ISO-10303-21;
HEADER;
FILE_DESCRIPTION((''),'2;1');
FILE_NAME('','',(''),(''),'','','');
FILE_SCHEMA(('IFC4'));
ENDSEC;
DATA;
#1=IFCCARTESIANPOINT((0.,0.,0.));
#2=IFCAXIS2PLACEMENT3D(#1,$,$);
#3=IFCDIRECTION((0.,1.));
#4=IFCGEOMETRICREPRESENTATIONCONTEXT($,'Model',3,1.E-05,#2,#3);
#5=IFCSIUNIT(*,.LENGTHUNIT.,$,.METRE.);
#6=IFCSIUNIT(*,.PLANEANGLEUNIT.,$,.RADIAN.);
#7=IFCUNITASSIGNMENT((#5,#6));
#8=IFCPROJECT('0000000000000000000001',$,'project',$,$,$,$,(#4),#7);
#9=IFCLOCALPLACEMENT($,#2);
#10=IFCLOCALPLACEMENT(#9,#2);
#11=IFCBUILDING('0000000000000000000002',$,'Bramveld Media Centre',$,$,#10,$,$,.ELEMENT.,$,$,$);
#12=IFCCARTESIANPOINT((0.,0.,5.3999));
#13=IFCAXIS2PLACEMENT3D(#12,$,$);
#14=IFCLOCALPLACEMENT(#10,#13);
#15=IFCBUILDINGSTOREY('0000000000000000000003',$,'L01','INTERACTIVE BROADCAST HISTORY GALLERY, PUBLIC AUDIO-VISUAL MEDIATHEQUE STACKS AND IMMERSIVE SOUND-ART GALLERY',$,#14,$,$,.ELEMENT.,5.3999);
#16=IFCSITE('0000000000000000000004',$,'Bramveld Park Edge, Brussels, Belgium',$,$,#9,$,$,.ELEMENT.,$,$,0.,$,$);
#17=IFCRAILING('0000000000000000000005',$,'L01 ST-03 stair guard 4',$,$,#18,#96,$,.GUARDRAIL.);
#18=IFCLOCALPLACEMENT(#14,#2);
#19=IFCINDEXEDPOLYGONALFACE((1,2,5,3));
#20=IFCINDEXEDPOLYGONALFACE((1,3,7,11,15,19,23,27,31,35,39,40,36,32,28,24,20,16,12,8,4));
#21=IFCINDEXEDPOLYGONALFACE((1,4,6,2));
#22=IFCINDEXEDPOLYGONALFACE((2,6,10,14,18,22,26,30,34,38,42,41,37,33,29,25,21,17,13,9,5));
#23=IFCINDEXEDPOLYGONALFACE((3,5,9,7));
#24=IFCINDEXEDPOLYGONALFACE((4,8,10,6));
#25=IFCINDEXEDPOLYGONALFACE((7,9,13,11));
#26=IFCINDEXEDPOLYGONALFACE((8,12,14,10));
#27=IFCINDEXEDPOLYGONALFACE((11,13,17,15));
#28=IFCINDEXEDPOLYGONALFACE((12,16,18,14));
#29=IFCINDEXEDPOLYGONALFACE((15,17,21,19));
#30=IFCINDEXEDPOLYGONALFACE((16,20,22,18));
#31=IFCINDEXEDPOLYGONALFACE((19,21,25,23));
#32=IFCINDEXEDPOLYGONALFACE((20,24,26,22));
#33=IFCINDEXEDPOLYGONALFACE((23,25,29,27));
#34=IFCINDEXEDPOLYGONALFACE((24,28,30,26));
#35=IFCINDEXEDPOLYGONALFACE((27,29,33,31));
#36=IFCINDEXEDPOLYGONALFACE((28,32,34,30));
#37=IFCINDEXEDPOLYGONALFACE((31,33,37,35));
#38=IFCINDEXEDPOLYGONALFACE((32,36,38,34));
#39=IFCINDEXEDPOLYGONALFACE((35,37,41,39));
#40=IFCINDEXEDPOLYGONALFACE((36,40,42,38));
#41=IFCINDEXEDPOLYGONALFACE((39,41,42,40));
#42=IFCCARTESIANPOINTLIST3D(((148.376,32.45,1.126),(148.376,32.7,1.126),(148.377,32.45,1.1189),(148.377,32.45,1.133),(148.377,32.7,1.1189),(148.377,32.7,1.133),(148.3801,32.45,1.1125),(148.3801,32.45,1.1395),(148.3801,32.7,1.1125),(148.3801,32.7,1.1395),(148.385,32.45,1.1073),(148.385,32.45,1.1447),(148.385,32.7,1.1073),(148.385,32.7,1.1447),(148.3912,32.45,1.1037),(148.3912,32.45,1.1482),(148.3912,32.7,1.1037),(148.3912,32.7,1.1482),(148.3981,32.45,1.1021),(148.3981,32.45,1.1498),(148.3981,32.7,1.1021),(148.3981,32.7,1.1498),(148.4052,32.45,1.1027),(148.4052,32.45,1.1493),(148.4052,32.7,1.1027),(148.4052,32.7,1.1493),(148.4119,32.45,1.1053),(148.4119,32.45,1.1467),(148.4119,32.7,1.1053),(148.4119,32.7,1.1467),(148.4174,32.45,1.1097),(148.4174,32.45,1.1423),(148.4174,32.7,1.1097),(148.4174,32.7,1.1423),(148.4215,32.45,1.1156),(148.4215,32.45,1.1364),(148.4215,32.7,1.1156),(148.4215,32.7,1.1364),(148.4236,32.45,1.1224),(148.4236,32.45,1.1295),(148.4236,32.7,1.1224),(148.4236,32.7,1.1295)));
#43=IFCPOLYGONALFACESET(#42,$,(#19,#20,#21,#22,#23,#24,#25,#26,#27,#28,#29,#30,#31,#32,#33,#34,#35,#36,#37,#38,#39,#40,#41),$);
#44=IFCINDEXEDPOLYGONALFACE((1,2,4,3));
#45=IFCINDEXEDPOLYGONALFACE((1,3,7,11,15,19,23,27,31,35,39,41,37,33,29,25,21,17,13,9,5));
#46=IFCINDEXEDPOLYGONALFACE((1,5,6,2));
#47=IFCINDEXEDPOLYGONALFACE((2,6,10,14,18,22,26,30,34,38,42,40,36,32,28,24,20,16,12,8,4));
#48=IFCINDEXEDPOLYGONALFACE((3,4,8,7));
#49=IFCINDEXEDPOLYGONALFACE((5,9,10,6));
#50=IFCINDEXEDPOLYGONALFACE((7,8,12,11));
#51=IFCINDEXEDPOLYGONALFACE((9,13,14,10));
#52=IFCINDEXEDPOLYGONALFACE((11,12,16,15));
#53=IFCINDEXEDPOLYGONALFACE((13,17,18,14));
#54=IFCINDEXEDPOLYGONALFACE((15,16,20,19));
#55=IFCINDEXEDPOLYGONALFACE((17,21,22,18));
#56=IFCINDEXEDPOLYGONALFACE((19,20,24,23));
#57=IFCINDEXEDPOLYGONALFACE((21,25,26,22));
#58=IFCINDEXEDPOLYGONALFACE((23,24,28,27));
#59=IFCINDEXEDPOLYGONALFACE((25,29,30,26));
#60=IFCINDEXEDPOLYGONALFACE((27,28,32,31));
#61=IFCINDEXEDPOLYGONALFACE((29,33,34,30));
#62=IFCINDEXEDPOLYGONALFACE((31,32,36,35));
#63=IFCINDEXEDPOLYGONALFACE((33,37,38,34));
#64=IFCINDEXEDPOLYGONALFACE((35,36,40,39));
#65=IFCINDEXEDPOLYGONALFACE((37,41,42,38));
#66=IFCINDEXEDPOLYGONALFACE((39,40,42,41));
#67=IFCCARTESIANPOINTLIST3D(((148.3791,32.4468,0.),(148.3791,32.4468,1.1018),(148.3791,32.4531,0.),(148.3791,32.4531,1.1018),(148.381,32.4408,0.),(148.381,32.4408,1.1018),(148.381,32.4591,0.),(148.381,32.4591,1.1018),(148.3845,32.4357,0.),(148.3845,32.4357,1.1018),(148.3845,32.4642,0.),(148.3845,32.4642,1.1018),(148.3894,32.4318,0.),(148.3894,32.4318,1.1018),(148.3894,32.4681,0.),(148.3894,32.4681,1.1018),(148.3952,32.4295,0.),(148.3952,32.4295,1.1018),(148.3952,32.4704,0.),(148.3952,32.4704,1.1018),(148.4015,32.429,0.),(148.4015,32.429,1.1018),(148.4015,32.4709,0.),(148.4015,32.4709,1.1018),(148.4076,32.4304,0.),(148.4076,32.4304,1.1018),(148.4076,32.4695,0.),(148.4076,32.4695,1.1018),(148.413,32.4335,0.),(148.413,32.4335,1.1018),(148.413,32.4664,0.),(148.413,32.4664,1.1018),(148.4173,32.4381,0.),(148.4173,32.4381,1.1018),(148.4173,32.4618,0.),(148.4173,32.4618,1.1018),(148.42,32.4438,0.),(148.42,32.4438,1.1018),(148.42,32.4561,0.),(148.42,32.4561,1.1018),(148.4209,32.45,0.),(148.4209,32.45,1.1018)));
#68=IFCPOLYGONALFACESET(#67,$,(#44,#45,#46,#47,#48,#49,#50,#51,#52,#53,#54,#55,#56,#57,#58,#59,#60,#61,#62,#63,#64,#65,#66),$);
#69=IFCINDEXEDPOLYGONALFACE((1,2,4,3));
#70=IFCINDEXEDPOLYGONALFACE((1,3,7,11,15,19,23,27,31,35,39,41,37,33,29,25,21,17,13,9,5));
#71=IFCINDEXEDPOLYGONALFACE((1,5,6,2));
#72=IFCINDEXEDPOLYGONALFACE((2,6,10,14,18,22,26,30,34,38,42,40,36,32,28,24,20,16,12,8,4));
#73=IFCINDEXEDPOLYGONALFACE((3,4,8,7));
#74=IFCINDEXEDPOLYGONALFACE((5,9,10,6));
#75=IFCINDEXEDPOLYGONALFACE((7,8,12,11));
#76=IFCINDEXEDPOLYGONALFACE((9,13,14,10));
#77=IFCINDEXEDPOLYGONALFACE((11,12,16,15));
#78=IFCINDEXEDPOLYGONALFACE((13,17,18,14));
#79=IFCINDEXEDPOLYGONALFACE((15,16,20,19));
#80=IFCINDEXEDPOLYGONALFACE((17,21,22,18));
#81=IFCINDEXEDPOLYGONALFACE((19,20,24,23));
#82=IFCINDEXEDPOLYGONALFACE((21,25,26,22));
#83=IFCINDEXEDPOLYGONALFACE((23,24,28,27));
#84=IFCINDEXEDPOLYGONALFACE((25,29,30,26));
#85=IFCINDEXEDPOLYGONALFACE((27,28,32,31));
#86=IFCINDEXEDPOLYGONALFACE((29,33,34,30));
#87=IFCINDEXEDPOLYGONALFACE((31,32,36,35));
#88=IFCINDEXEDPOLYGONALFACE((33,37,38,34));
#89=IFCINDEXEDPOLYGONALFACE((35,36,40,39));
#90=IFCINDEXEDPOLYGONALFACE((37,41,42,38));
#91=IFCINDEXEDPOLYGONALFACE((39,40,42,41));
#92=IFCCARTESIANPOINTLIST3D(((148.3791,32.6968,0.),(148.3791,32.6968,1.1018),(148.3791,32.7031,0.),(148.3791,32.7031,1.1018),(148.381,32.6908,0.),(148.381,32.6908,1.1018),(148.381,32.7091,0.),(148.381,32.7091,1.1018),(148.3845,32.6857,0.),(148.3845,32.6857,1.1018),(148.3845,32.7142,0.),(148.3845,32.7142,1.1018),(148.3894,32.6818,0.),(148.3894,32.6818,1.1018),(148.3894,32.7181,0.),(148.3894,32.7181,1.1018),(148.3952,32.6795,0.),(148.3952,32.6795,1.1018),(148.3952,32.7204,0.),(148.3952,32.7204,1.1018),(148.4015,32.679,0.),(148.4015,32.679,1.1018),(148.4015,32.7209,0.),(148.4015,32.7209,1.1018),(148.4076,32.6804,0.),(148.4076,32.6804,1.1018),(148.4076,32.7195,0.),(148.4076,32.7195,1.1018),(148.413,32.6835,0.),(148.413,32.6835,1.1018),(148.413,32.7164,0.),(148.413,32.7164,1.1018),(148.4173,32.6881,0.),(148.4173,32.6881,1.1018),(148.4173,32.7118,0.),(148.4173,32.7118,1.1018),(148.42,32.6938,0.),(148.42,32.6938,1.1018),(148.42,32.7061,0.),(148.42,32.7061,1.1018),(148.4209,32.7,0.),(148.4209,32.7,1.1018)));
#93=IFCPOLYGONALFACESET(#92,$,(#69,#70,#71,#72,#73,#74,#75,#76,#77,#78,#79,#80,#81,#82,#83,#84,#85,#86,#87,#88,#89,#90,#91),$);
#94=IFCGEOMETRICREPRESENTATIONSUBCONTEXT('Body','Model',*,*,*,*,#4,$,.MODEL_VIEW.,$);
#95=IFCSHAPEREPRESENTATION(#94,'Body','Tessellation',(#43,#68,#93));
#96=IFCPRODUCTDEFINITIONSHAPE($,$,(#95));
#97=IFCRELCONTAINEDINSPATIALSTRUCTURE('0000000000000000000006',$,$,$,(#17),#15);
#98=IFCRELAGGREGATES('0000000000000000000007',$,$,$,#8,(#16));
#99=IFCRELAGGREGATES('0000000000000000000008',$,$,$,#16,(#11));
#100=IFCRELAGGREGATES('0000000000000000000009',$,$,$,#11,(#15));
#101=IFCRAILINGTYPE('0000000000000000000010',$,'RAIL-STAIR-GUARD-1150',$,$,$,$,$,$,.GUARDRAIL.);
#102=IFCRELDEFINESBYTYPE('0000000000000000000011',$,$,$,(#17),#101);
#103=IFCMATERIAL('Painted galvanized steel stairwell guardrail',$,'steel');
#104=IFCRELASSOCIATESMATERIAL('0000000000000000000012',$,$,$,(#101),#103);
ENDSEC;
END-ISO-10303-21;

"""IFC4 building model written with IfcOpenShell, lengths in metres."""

from ifc_helpers import new_model, si_unit, direction, frame, origin, origin_2d, place, context, subcontext, project, spatial, circle, extrude, material, type_object, element, save


model = new_model("IFC4")

# Units and contexts
model_context = context("Model", 3, precision=1e-05, world=origin(), true_north=direction((0.0, 1.0)))
body_context = subcontext(model_context, "Body", "Model", "MODEL_VIEW")
ifc_project = project(units=[si_unit("LENGTHUNIT", "METRE"), si_unit("PLANEANGLEUNIT", "RADIAN")], contexts=[model_context])

# Site, building, storey
site_placement = place(None, origin())
site = spatial("IfcSite", under=ifc_project, at=site_placement, Name="Bramveld Park Edge, Brussels, Belgium", CompositionType="ELEMENT", RefElevation=0.0)
building_placement = place(site_placement, origin())
building = spatial("IfcBuilding", under=site, at=building_placement, Name="Bramveld Media Centre", CompositionType="ELEMENT")
storey_placement = place(building_placement, frame((0.0, 0.0, 5.3999)))
storey = spatial("IfcBuildingStorey", under=building, at=storey_placement, Name="L01", Description="INTERACTIVE BROADCAST HISTORY GALLERY, PUBLIC AUDIO-VISUAL MEDIATHEQUE STACKS AND IMMERSIVE SOUND-ART GALLERY", CompositionType="ELEMENT", Elevation=5.3999)

# Railing
ifc_material_1 = material(Name="Painted galvanized steel stairwell guardrail", Category="steel")
railing_type_1 = type_object("IfcRailingType", Name="RAIL-STAIR-GUARD-1150", PredefinedType="GUARDRAIL", material=ifc_material_1)
railing_1_placement = place(storey_placement, frame((148.3999, 32.45, 0.0)))
element("IfcRailing", 1, at=railing_1_placement, inside=storey, type_object=railing_type_1, Name="L01 ST-03 stair guard 4", PredefinedType="GUARDRAIL", context=body_context, shape_type="SweptSolid", body=[
    extrude(circle(Radius=0.0239, at=origin_2d()), frame((0.0, 0.0, 1.126), z_axis=(0.0, 1.0, 0.0), x_axis=(-1.0, 0.0, 0.0)), (0.0, 0.0, 1.0), 0.25),
    extrude(circle(Radius=0.021, at=origin_2d()), origin(), (0.0, 0.0, 1.0), 1.1018),
    extrude(circle(Radius=0.021, at=origin_2d()), frame((0.0, 0.25, 0.0)), (0.0, 0.0, 1.0), 1.1018),
])

save(model, "model.ifc")
